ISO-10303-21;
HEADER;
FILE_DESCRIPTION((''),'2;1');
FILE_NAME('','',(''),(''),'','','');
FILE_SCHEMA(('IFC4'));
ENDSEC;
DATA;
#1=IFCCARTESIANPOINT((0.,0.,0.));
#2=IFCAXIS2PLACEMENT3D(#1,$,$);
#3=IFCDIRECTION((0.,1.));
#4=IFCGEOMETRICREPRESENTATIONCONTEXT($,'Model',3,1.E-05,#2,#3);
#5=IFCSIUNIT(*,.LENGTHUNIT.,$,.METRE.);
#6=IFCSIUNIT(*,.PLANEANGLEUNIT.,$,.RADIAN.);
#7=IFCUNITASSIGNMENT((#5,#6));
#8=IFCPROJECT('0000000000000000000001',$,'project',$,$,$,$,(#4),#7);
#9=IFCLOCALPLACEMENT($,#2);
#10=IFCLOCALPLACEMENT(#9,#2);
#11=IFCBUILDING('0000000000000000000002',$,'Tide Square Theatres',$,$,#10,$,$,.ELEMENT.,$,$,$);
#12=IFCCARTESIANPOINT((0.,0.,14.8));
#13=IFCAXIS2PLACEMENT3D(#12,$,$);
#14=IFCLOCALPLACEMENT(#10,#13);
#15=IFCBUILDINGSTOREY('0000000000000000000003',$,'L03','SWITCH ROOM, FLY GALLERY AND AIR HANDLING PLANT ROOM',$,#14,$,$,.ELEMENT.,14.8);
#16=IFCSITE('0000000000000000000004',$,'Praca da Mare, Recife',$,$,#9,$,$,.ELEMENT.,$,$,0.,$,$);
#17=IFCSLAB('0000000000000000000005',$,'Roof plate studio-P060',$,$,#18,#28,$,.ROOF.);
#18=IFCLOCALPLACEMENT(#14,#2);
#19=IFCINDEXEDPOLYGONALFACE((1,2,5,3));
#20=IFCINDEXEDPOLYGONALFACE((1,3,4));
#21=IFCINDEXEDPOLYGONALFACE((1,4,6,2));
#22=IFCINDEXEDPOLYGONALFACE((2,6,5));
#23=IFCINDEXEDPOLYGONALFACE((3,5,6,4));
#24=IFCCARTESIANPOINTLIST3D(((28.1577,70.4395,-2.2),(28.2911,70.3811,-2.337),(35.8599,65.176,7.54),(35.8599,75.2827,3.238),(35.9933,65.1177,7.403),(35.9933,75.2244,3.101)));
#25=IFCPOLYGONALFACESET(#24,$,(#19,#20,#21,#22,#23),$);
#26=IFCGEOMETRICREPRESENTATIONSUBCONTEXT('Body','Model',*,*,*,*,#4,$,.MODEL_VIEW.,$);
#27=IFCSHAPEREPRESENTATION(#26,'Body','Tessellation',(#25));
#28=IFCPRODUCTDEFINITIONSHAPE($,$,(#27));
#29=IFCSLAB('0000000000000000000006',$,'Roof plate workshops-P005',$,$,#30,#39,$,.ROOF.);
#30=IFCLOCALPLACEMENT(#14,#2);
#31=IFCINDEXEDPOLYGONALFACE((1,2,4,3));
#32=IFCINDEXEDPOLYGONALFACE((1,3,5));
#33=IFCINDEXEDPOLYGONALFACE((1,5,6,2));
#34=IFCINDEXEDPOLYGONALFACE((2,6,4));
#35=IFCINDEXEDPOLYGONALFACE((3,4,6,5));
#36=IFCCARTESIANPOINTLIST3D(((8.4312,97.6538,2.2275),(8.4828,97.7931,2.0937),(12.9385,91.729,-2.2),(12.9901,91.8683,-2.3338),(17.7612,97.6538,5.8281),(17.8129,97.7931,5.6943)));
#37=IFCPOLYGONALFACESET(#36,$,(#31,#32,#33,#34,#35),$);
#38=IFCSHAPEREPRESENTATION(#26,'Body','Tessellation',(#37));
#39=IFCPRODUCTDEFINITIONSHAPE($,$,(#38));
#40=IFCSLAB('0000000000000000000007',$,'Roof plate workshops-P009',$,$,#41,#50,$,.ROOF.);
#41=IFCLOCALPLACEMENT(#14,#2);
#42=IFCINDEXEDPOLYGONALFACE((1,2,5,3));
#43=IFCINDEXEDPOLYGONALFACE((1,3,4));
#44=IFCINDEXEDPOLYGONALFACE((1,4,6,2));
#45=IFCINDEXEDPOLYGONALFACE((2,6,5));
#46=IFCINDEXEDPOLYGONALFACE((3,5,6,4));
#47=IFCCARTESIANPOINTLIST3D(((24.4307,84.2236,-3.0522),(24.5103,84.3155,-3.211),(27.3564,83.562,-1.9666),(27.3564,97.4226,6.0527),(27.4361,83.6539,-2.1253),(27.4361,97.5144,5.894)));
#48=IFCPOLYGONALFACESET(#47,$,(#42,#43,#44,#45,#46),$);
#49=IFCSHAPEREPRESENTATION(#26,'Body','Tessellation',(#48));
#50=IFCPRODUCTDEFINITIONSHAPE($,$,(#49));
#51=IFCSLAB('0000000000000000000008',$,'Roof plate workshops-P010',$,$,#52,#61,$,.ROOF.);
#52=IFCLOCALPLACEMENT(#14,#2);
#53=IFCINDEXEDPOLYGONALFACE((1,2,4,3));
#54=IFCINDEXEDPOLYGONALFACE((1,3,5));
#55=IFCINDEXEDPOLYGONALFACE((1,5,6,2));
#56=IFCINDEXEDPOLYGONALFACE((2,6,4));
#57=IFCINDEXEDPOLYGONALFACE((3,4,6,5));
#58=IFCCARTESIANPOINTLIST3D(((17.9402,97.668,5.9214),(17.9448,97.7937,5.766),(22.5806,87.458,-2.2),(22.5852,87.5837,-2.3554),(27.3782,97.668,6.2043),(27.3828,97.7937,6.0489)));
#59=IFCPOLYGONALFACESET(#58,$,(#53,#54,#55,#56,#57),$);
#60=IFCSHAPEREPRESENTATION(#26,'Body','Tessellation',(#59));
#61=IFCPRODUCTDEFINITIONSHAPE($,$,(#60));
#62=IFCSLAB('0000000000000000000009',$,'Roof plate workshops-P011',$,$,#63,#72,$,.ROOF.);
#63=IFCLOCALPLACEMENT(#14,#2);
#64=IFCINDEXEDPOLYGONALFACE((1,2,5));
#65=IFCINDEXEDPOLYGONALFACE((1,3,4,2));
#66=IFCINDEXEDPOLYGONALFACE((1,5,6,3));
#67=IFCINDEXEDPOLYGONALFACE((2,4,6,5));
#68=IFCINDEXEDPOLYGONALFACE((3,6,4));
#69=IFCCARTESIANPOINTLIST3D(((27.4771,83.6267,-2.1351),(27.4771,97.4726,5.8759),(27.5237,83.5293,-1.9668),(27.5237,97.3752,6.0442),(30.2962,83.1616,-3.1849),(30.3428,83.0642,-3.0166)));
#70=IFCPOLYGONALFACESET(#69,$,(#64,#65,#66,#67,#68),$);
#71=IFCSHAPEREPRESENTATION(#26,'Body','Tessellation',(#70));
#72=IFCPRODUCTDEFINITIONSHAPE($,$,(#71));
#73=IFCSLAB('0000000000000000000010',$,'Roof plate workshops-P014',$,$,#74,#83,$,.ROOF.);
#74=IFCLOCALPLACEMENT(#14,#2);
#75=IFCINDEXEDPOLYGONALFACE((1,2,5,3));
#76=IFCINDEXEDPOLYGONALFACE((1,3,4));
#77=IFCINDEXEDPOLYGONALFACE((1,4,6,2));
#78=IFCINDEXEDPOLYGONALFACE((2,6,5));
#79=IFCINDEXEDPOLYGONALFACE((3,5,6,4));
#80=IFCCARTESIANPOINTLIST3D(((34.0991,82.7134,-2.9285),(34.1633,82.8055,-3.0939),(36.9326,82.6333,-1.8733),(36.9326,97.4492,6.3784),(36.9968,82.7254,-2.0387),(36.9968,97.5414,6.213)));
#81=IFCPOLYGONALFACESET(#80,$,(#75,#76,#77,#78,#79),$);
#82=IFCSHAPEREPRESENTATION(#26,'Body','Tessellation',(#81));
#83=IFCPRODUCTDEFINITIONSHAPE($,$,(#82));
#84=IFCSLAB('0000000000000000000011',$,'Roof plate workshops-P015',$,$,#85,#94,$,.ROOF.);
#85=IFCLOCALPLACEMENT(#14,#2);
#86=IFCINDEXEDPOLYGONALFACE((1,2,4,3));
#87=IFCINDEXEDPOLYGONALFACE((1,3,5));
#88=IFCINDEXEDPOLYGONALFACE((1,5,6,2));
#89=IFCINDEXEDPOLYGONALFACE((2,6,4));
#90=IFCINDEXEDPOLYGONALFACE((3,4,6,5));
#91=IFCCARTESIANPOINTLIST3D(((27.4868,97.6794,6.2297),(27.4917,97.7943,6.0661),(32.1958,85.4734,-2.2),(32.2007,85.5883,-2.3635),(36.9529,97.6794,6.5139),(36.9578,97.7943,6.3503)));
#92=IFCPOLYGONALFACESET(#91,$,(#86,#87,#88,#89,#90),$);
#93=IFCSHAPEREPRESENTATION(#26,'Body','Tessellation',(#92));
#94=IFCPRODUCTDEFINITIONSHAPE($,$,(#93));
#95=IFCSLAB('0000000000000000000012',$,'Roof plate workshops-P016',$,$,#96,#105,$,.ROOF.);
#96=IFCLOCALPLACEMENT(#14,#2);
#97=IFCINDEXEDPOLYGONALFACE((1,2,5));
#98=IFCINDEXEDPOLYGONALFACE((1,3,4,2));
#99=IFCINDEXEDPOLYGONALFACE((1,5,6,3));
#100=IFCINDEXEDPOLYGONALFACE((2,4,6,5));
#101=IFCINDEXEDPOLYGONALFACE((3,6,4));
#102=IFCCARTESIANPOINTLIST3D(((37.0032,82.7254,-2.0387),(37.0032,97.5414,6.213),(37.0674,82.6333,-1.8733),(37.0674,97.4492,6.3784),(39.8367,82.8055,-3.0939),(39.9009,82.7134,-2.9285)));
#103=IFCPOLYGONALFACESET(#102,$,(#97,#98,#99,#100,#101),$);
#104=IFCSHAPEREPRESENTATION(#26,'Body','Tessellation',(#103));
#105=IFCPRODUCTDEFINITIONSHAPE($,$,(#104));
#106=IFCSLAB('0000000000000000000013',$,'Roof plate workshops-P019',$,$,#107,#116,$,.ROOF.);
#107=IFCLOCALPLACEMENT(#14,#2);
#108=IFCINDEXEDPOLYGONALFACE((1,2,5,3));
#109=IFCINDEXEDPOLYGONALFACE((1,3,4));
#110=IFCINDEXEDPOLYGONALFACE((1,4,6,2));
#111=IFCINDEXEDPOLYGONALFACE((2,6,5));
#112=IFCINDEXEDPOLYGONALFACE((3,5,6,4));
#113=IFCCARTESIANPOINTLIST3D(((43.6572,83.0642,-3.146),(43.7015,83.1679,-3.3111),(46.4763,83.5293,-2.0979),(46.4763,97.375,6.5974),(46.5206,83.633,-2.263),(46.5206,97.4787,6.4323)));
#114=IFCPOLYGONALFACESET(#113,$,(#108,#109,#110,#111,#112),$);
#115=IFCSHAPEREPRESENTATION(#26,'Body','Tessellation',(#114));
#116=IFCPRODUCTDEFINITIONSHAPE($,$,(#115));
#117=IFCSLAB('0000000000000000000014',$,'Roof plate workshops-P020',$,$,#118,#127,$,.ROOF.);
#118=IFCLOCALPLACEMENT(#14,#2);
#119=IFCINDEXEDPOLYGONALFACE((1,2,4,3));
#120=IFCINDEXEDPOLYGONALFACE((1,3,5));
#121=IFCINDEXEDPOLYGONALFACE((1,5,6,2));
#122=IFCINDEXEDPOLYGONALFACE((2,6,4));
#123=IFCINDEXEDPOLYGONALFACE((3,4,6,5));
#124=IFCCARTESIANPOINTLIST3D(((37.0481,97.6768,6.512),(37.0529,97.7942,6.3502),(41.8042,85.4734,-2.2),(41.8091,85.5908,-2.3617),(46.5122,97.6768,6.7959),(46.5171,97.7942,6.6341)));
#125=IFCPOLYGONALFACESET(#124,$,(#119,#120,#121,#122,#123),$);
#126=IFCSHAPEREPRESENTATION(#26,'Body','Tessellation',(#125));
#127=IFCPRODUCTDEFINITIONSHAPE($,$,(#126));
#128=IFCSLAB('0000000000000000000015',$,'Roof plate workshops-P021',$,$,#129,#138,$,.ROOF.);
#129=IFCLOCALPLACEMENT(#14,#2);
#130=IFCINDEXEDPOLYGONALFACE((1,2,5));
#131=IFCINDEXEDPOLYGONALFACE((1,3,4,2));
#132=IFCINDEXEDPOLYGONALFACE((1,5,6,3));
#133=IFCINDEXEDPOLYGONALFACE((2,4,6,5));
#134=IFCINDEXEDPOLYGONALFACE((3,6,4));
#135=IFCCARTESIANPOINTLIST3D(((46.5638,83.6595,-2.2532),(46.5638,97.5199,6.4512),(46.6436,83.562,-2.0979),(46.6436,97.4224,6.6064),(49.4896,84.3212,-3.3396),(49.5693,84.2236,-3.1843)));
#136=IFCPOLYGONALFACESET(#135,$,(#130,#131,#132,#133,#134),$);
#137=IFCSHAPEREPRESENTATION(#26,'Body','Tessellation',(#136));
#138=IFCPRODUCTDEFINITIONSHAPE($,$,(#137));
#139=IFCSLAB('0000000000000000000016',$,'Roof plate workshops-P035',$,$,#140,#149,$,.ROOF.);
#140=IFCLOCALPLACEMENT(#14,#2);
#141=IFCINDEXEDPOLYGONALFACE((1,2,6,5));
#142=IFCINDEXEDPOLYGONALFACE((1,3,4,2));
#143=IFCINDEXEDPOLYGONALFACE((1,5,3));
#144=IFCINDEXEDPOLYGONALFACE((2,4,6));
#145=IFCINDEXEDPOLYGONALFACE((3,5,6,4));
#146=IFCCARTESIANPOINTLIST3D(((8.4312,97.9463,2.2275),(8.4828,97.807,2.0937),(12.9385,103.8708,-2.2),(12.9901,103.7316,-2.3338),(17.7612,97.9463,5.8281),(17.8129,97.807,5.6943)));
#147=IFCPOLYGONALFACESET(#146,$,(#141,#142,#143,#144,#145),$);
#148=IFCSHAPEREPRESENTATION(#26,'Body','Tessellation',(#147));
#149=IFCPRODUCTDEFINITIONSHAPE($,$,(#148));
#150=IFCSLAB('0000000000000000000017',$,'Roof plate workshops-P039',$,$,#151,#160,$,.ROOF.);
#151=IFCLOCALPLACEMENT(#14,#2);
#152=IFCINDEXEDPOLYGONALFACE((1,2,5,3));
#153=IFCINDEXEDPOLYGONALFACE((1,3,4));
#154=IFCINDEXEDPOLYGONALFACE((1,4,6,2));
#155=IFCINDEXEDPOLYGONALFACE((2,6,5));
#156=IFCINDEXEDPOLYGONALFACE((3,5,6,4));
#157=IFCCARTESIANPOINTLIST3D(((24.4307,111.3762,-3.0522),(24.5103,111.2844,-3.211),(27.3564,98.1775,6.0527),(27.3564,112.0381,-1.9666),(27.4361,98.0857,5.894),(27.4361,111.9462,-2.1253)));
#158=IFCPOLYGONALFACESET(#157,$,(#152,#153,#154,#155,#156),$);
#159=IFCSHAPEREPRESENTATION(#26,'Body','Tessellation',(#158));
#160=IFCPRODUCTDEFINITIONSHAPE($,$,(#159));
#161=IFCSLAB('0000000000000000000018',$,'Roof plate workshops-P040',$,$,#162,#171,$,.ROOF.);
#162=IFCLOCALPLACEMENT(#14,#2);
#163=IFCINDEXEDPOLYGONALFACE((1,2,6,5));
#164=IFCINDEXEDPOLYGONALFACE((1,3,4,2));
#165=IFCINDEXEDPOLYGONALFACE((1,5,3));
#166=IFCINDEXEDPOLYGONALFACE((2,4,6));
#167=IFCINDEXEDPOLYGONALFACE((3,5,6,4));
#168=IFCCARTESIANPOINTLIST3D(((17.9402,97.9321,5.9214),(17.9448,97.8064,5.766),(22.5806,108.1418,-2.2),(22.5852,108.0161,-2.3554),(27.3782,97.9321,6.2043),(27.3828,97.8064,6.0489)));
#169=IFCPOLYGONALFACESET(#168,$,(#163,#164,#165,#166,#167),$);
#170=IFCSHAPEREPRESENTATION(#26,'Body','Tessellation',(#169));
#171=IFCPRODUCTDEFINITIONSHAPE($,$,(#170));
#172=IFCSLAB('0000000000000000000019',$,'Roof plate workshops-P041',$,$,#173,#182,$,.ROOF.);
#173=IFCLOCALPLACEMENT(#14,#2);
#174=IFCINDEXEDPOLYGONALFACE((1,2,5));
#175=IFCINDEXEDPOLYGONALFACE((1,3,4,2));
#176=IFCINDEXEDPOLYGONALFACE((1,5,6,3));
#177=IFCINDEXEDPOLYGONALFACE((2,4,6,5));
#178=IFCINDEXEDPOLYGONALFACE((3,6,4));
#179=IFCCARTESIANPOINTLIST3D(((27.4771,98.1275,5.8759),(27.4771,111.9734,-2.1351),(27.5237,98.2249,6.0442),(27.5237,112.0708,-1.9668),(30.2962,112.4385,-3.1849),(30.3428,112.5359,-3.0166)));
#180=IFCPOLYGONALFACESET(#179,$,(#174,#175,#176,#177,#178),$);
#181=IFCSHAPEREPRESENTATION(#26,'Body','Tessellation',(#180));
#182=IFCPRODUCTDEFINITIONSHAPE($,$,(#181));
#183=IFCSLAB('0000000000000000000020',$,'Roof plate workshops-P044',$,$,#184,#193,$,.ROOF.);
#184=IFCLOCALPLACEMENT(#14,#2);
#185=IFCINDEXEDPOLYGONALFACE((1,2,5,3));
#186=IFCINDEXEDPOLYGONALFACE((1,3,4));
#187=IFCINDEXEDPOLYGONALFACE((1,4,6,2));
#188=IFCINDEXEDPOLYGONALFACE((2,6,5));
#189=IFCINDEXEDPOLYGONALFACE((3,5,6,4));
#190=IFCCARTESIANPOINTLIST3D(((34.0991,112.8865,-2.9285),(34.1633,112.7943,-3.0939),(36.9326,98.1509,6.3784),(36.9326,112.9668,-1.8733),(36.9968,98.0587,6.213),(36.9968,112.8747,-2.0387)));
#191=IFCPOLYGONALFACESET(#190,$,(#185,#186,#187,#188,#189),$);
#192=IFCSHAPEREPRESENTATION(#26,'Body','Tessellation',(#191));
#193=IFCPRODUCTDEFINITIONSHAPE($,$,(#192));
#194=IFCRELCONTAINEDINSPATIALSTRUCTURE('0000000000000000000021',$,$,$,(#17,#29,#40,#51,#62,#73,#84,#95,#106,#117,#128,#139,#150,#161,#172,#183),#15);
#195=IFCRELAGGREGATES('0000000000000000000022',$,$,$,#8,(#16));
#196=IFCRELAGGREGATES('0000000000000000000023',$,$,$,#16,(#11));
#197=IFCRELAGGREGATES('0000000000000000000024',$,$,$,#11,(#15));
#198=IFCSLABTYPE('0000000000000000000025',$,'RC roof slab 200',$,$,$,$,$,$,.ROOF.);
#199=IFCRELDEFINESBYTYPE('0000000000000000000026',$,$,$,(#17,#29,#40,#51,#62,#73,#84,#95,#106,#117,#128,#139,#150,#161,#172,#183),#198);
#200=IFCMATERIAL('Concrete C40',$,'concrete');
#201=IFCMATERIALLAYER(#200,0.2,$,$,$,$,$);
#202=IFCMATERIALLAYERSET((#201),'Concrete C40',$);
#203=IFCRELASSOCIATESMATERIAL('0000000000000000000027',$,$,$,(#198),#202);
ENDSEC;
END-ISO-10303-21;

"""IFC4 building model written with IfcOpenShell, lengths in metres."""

from ifc_helpers import new_model, si_unit, direction, frame, origin, place, context, subcontext, project, spatial, polyline, outline, extrude, material, layer, layer_set, type_object, element, save


model = new_model("IFC4")

# Units and contexts
model_context = context("Model", 3, precision=1e-05, world=origin(), true_north=direction((0.0, 1.0)))
body_context = subcontext(model_context, "Body", "Model", "MODEL_VIEW")
ifc_project = project(units=[si_unit("LENGTHUNIT", "METRE"), si_unit("PLANEANGLEUNIT", "RADIAN")], contexts=[model_context])

# Site, building, storey
site_placement = place(None, origin())
site = spatial("IfcSite", under=ifc_project, at=site_placement, Name="Praca da Mare, Recife", CompositionType="ELEMENT", RefElevation=0.0)
building_placement = place(site_placement, origin())
building = spatial("IfcBuilding", under=site, at=building_placement, Name="Tide Square Theatres", CompositionType="ELEMENT")
storey_placement = place(building_placement, frame((0.0, 0.0, 14.8)))
storey = spatial("IfcBuildingStorey", under=building, at=storey_placement, Name="L03", Description="SWITCH ROOM, FLY GALLERY AND AIR HANDLING PLANT ROOM", CompositionType="ELEMENT", Elevation=14.8)

# Slabs
ifc_material_1 = material(Name="Concrete C40", Category="concrete")
ifc_layer = layer(ifc_material_1, 0.2)
ifc_layer_set = layer_set([ifc_layer], Name="Concrete C40")
slab_type = type_object("IfcSlabType", Name="RC roof slab 200", PredefinedType="ROOF", material=ifc_layer_set)
slab_1_placement = place(storey_placement, frame((28.1577, 70.4395, -2.2), z_axis=(-0.667281, 0.291706, 0.685306), x_axis=(0.571087, -0.390265, 0.722186)))
element("IfcSlab", 1, at=slab_1_placement, inside=storey, type_object=slab_type, Name="Roof plate studio-P060", PredefinedType="ROOF", context=body_context, shape_type="SweptSolid", body=[
    extrude(outline(polyline([(0.0, 0.0), (13.4868, 0.0), (6.4357, 8.4222), (0.0, 0.0)])), origin(), (0.0, 0.0, -1.0), 0.2),
])
slab_2_placement = place(storey_placement, frame((12.9385, 91.729, -2.2), z_axis=(-0.258291, -0.696651, 0.6693), x_axis=(0.435185, 0.53463, 0.72442)))
element("IfcSlab", 2, at=slab_2_placement, inside=storey, type_object=slab_type, Name="Roof plate workshops-P005", PredefinedType="ROOF", context=body_context, shape_type="SweptSolid", body=[
    extrude(outline(polyline([(0.0, 0.0), (11.0821, 0.0), (4.4134, 7.4528), (0.0, 0.0)])), origin(), (0.0, 0.0, -1.0), 0.2),
])
slab_3_placement = place(storey_placement, frame((24.4307, 84.2236, -3.0522), z_axis=(-0.398462, -0.459317, 0.793887), x_axis=(0.917147, -0.207399, 0.340333)))
element("IfcSlab", 3, at=slab_3_placement, inside=storey, type_object=slab_type, Name="Roof plate workshops-P009", PredefinedType="ROOF", context=body_context, shape_type="SweptSolid", body=[
    extrude(outline(polyline([(0.0, 0.0), (3.1901, 0.0), (3.0446, 16.0126), (0.0, 0.0)])), origin(), (0.0, 0.0, -1.0), 0.2),
])
slab_4_placement = place(storey_placement, frame((22.5806, 87.458, -2.2), z_axis=(-0.023301, -0.628809, 0.77721), x_axis=(0.341044, 0.725787, 0.59743)))
element("IfcSlab", 4, at=slab_4_placement, inside=storey, type_object=slab_type, Name="Roof plate workshops-P010", PredefinedType="ROOF", context=body_context, shape_type="SweptSolid", body=[
    extrude(outline(polyline([(0.0, 0.0), (14.0674, 0.0), (10.6796, 8.8135), (0.0, 0.0)])), origin(), (0.0, 0.0, -1.0), 0.2),
])
slab_5_placement = place(storey_placement, frame((30.3428, 83.0642, -3.0166), z_axis=(0.233104, -0.487002, 0.841719), x_axis=(-0.164175, 0.833431, 0.527673)))
element("IfcSlab", 5, at=slab_5_placement, inside=storey, type_object=slab_type, Name="Roof plate workshops-P011", PredefinedType="ROOF", context=body_context, shape_type="SweptSolid", body=[
    extrude(outline(polyline([(0.0, 0.0), (17.1712, 0.0), (1.4044, 2.7006), (0.0, 0.0)])), origin(), (0.0, 0.0, -1.0), 0.2),
])
slab_6_placement = place(storey_placement, frame((34.0991, 82.7134, -2.9285), z_axis=(-0.321129, -0.460802, 0.827368), x_axis=(0.936801, -0.026475, 0.348859)))
element("IfcSlab", 6, at=slab_6_placement, inside=storey, type_object=slab_type, Name="Roof plate workshops-P014", PredefinedType="ROOF", context=body_context, shape_type="SweptSolid", body=[
    extrude(outline(polyline([(0.0, 0.0), (3.0247, 0.0), (5.5111, 16.7756), (0.0, 0.0)])), origin(), (0.0, 0.0, -1.0), 0.2),
])
slab_7_placement = place(storey_placement, frame((32.1958, 85.4734, -2.2), z_axis=(-0.024561, -0.574495, 0.818139), x_axis=(0.30235, 0.775791, 0.553835)))
element("IfcSlab", 7, at=slab_7_placement, inside=storey, type_object=slab_type, Name="Roof plate workshops-P015", PredefinedType="ROOF", context=body_context, shape_type="SweptSolid", body=[
    extrude(outline(polyline([(0.0, 0.0), (15.7337, 0.0), (12.7142, 8.9761), (0.0, 0.0)])), origin(), (0.0, 0.0, -1.0), 0.2),
])
slab_8_placement = place(storey_placement, frame((39.9009, 82.7134, -2.9285), z_axis=(0.321129, -0.460802, 0.827368), x_axis=(-0.160469, 0.834531, 0.527075)))
element("IfcSlab", 8, at=slab_8_placement, inside=storey, type_object=slab_type, Name="Roof plate workshops-P016", PredefinedType="ROOF", context=body_context, shape_type="SweptSolid", body=[
    extrude(outline(polyline([(0.0, 0.0), (17.6576, 0.0), (0.944, 2.8736), (0.0, 0.0)])), origin(), (0.0, 0.0, -1.0), 0.2),
])
slab_9_placement = place(storey_placement, frame((43.6572, 83.0642, -3.146), z_axis=(-0.221465, -0.518628, 0.82582), x_axis=(0.926307, 0.15282, 0.344387)))
element("IfcSlab", 9, at=slab_9_placement, inside=storey, type_object=slab_type, Name="Roof plate workshops-P019", PredefinedType="ROOF", context=body_context, shape_type="SweptSolid", body=[
    extrude(outline(polyline([(0.0, 0.0), (3.0434, 0.0), (8.1538, 15.5305), (0.0, 0.0)])), origin(), (0.0, 0.0, -1.0), 0.2),
])
slab_10_placement = place(storey_placement, frame((41.8042, 85.4734, -2.2), z_axis=(-0.024275, -0.587106, 0.809146), x_axis=(0.296569, 0.76872, 0.566671)))
element("IfcSlab", 10, at=slab_10_placement, inside=storey, type_object=slab_type, Name="Roof plate workshops-P020", PredefinedType="ROOF", context=body_context, shape_type="SweptSolid", body=[
    extrude(outline(polyline([(0.0, 0.0), (15.8749, 0.0), (12.9073, 8.9913), (0.0, 0.0)])), origin(), (0.0, 0.0, -1.0), 0.2),
])
slab_11_placement = place(storey_placement, frame((49.5693, 84.2236, -3.1843), z_axis=(0.398682, -0.487732, 0.77664), x_axis=(-0.175279, 0.790718, 0.586552)))
element("IfcSlab", 11, at=slab_11_placement, inside=storey, type_object=slab_type, Name="Roof plate workshops-P021", PredefinedType="ROOF", context=body_context, shape_type="SweptSolid", body=[
    extrude(outline(polyline([(0.0, 0.0), (16.6921, 0.0), (0.6269, 3.1281), (0.0, 0.0)])), origin(), (0.0, 0.0, -1.0), 0.2),
])
slab_12_placement = place(storey_placement, frame((12.9385, 103.8708, -2.2), z_axis=(-0.258286, 0.696666, 0.669287), x_axis=(-0.520395, -0.684022, 0.511178)))
element("IfcSlab", 12, at=slab_12_placement, inside=storey, type_object=slab_type, Name="Roof plate workshops-P035", PredefinedType="ROOF", context=body_context, shape_type="SweptSolid", body=[
    extrude(outline(polyline([(0.0, 0.0), (8.6614, 0.0), (5.6466, 9.5355), (0.0, 0.0)])), origin(), (0.0, 0.0, -1.0), 0.2),
])
slab_13_placement = place(storey_placement, frame((24.4307, 111.3762, -3.0522), z_axis=(-0.398494, 0.45931, 0.793875), x_axis=(0.179503, -0.809773, 0.558612)))
element("IfcSlab", 13, at=slab_13_placement, inside=storey, type_object=slab_type, Name="Roof plate workshops-P039", PredefinedType="ROOF", context=body_context, shape_type="SweptSolid", body=[
    extrude(outline(polyline([(0.0, 0.0), (16.2993, 0.0), (0.5957, 3.134), (0.0, 0.0)])), origin(), (0.0, 0.0, -1.0), 0.2),
])
slab_14_placement = place(storey_placement, frame((22.5806, 108.1418, -2.2), z_axis=(-0.023301, 0.628818, 0.777203), x_axis=(-0.335128, -0.737346, 0.586523)))
element("IfcSlab", 14, at=slab_14_placement, inside=storey, type_object=slab_type, Name="Roof plate workshops-P040", PredefinedType="ROOF", context=body_context, shape_type="SweptSolid", body=[
    extrude(outline(polyline([(0.0, 0.0), (13.8466, 0.0), (10.8496, 8.954), (0.0, 0.0)])), origin(), (0.0, 0.0, -1.0), 0.2),
])
slab_15_placement = place(storey_placement, frame((30.3428, 112.5359, -3.0166), z_axis=(0.233104, 0.487002, 0.841719), x_axis=(-0.926127, -0.152791, 0.344882)))
element("IfcSlab", 15, at=slab_15_placement, inside=storey, type_object=slab_type, Name="Roof plate workshops-P041", PredefinedType="ROOF", context=body_context, shape_type="SweptSolid", body=[
    extrude(outline(polyline([(0.0, 0.0), (3.044, 0.0), (7.9223, 15.2344), (0.0, 0.0)])), origin(), (0.0, 0.0, -1.0), 0.2),
])
slab_16_placement = place(storey_placement, frame((34.0991, 112.8865, -2.9285), z_axis=(-0.321165, 0.460796, 0.827357), x_axis=(0.160471, -0.834527, 0.527081)))
element("IfcSlab", 16, at=slab_16_placement, inside=storey, type_object=slab_type, Name="Roof plate workshops-P044", PredefinedType="ROOF", context=body_context, shape_type="SweptSolid", body=[
    extrude(outline(polyline([(0.0, 0.0), (17.6574, 0.0), (0.9438, 2.8736), (0.0, 0.0)])), origin(), (0.0, 0.0, -1.0), 0.2),
])

save(model, "model.ifc")
